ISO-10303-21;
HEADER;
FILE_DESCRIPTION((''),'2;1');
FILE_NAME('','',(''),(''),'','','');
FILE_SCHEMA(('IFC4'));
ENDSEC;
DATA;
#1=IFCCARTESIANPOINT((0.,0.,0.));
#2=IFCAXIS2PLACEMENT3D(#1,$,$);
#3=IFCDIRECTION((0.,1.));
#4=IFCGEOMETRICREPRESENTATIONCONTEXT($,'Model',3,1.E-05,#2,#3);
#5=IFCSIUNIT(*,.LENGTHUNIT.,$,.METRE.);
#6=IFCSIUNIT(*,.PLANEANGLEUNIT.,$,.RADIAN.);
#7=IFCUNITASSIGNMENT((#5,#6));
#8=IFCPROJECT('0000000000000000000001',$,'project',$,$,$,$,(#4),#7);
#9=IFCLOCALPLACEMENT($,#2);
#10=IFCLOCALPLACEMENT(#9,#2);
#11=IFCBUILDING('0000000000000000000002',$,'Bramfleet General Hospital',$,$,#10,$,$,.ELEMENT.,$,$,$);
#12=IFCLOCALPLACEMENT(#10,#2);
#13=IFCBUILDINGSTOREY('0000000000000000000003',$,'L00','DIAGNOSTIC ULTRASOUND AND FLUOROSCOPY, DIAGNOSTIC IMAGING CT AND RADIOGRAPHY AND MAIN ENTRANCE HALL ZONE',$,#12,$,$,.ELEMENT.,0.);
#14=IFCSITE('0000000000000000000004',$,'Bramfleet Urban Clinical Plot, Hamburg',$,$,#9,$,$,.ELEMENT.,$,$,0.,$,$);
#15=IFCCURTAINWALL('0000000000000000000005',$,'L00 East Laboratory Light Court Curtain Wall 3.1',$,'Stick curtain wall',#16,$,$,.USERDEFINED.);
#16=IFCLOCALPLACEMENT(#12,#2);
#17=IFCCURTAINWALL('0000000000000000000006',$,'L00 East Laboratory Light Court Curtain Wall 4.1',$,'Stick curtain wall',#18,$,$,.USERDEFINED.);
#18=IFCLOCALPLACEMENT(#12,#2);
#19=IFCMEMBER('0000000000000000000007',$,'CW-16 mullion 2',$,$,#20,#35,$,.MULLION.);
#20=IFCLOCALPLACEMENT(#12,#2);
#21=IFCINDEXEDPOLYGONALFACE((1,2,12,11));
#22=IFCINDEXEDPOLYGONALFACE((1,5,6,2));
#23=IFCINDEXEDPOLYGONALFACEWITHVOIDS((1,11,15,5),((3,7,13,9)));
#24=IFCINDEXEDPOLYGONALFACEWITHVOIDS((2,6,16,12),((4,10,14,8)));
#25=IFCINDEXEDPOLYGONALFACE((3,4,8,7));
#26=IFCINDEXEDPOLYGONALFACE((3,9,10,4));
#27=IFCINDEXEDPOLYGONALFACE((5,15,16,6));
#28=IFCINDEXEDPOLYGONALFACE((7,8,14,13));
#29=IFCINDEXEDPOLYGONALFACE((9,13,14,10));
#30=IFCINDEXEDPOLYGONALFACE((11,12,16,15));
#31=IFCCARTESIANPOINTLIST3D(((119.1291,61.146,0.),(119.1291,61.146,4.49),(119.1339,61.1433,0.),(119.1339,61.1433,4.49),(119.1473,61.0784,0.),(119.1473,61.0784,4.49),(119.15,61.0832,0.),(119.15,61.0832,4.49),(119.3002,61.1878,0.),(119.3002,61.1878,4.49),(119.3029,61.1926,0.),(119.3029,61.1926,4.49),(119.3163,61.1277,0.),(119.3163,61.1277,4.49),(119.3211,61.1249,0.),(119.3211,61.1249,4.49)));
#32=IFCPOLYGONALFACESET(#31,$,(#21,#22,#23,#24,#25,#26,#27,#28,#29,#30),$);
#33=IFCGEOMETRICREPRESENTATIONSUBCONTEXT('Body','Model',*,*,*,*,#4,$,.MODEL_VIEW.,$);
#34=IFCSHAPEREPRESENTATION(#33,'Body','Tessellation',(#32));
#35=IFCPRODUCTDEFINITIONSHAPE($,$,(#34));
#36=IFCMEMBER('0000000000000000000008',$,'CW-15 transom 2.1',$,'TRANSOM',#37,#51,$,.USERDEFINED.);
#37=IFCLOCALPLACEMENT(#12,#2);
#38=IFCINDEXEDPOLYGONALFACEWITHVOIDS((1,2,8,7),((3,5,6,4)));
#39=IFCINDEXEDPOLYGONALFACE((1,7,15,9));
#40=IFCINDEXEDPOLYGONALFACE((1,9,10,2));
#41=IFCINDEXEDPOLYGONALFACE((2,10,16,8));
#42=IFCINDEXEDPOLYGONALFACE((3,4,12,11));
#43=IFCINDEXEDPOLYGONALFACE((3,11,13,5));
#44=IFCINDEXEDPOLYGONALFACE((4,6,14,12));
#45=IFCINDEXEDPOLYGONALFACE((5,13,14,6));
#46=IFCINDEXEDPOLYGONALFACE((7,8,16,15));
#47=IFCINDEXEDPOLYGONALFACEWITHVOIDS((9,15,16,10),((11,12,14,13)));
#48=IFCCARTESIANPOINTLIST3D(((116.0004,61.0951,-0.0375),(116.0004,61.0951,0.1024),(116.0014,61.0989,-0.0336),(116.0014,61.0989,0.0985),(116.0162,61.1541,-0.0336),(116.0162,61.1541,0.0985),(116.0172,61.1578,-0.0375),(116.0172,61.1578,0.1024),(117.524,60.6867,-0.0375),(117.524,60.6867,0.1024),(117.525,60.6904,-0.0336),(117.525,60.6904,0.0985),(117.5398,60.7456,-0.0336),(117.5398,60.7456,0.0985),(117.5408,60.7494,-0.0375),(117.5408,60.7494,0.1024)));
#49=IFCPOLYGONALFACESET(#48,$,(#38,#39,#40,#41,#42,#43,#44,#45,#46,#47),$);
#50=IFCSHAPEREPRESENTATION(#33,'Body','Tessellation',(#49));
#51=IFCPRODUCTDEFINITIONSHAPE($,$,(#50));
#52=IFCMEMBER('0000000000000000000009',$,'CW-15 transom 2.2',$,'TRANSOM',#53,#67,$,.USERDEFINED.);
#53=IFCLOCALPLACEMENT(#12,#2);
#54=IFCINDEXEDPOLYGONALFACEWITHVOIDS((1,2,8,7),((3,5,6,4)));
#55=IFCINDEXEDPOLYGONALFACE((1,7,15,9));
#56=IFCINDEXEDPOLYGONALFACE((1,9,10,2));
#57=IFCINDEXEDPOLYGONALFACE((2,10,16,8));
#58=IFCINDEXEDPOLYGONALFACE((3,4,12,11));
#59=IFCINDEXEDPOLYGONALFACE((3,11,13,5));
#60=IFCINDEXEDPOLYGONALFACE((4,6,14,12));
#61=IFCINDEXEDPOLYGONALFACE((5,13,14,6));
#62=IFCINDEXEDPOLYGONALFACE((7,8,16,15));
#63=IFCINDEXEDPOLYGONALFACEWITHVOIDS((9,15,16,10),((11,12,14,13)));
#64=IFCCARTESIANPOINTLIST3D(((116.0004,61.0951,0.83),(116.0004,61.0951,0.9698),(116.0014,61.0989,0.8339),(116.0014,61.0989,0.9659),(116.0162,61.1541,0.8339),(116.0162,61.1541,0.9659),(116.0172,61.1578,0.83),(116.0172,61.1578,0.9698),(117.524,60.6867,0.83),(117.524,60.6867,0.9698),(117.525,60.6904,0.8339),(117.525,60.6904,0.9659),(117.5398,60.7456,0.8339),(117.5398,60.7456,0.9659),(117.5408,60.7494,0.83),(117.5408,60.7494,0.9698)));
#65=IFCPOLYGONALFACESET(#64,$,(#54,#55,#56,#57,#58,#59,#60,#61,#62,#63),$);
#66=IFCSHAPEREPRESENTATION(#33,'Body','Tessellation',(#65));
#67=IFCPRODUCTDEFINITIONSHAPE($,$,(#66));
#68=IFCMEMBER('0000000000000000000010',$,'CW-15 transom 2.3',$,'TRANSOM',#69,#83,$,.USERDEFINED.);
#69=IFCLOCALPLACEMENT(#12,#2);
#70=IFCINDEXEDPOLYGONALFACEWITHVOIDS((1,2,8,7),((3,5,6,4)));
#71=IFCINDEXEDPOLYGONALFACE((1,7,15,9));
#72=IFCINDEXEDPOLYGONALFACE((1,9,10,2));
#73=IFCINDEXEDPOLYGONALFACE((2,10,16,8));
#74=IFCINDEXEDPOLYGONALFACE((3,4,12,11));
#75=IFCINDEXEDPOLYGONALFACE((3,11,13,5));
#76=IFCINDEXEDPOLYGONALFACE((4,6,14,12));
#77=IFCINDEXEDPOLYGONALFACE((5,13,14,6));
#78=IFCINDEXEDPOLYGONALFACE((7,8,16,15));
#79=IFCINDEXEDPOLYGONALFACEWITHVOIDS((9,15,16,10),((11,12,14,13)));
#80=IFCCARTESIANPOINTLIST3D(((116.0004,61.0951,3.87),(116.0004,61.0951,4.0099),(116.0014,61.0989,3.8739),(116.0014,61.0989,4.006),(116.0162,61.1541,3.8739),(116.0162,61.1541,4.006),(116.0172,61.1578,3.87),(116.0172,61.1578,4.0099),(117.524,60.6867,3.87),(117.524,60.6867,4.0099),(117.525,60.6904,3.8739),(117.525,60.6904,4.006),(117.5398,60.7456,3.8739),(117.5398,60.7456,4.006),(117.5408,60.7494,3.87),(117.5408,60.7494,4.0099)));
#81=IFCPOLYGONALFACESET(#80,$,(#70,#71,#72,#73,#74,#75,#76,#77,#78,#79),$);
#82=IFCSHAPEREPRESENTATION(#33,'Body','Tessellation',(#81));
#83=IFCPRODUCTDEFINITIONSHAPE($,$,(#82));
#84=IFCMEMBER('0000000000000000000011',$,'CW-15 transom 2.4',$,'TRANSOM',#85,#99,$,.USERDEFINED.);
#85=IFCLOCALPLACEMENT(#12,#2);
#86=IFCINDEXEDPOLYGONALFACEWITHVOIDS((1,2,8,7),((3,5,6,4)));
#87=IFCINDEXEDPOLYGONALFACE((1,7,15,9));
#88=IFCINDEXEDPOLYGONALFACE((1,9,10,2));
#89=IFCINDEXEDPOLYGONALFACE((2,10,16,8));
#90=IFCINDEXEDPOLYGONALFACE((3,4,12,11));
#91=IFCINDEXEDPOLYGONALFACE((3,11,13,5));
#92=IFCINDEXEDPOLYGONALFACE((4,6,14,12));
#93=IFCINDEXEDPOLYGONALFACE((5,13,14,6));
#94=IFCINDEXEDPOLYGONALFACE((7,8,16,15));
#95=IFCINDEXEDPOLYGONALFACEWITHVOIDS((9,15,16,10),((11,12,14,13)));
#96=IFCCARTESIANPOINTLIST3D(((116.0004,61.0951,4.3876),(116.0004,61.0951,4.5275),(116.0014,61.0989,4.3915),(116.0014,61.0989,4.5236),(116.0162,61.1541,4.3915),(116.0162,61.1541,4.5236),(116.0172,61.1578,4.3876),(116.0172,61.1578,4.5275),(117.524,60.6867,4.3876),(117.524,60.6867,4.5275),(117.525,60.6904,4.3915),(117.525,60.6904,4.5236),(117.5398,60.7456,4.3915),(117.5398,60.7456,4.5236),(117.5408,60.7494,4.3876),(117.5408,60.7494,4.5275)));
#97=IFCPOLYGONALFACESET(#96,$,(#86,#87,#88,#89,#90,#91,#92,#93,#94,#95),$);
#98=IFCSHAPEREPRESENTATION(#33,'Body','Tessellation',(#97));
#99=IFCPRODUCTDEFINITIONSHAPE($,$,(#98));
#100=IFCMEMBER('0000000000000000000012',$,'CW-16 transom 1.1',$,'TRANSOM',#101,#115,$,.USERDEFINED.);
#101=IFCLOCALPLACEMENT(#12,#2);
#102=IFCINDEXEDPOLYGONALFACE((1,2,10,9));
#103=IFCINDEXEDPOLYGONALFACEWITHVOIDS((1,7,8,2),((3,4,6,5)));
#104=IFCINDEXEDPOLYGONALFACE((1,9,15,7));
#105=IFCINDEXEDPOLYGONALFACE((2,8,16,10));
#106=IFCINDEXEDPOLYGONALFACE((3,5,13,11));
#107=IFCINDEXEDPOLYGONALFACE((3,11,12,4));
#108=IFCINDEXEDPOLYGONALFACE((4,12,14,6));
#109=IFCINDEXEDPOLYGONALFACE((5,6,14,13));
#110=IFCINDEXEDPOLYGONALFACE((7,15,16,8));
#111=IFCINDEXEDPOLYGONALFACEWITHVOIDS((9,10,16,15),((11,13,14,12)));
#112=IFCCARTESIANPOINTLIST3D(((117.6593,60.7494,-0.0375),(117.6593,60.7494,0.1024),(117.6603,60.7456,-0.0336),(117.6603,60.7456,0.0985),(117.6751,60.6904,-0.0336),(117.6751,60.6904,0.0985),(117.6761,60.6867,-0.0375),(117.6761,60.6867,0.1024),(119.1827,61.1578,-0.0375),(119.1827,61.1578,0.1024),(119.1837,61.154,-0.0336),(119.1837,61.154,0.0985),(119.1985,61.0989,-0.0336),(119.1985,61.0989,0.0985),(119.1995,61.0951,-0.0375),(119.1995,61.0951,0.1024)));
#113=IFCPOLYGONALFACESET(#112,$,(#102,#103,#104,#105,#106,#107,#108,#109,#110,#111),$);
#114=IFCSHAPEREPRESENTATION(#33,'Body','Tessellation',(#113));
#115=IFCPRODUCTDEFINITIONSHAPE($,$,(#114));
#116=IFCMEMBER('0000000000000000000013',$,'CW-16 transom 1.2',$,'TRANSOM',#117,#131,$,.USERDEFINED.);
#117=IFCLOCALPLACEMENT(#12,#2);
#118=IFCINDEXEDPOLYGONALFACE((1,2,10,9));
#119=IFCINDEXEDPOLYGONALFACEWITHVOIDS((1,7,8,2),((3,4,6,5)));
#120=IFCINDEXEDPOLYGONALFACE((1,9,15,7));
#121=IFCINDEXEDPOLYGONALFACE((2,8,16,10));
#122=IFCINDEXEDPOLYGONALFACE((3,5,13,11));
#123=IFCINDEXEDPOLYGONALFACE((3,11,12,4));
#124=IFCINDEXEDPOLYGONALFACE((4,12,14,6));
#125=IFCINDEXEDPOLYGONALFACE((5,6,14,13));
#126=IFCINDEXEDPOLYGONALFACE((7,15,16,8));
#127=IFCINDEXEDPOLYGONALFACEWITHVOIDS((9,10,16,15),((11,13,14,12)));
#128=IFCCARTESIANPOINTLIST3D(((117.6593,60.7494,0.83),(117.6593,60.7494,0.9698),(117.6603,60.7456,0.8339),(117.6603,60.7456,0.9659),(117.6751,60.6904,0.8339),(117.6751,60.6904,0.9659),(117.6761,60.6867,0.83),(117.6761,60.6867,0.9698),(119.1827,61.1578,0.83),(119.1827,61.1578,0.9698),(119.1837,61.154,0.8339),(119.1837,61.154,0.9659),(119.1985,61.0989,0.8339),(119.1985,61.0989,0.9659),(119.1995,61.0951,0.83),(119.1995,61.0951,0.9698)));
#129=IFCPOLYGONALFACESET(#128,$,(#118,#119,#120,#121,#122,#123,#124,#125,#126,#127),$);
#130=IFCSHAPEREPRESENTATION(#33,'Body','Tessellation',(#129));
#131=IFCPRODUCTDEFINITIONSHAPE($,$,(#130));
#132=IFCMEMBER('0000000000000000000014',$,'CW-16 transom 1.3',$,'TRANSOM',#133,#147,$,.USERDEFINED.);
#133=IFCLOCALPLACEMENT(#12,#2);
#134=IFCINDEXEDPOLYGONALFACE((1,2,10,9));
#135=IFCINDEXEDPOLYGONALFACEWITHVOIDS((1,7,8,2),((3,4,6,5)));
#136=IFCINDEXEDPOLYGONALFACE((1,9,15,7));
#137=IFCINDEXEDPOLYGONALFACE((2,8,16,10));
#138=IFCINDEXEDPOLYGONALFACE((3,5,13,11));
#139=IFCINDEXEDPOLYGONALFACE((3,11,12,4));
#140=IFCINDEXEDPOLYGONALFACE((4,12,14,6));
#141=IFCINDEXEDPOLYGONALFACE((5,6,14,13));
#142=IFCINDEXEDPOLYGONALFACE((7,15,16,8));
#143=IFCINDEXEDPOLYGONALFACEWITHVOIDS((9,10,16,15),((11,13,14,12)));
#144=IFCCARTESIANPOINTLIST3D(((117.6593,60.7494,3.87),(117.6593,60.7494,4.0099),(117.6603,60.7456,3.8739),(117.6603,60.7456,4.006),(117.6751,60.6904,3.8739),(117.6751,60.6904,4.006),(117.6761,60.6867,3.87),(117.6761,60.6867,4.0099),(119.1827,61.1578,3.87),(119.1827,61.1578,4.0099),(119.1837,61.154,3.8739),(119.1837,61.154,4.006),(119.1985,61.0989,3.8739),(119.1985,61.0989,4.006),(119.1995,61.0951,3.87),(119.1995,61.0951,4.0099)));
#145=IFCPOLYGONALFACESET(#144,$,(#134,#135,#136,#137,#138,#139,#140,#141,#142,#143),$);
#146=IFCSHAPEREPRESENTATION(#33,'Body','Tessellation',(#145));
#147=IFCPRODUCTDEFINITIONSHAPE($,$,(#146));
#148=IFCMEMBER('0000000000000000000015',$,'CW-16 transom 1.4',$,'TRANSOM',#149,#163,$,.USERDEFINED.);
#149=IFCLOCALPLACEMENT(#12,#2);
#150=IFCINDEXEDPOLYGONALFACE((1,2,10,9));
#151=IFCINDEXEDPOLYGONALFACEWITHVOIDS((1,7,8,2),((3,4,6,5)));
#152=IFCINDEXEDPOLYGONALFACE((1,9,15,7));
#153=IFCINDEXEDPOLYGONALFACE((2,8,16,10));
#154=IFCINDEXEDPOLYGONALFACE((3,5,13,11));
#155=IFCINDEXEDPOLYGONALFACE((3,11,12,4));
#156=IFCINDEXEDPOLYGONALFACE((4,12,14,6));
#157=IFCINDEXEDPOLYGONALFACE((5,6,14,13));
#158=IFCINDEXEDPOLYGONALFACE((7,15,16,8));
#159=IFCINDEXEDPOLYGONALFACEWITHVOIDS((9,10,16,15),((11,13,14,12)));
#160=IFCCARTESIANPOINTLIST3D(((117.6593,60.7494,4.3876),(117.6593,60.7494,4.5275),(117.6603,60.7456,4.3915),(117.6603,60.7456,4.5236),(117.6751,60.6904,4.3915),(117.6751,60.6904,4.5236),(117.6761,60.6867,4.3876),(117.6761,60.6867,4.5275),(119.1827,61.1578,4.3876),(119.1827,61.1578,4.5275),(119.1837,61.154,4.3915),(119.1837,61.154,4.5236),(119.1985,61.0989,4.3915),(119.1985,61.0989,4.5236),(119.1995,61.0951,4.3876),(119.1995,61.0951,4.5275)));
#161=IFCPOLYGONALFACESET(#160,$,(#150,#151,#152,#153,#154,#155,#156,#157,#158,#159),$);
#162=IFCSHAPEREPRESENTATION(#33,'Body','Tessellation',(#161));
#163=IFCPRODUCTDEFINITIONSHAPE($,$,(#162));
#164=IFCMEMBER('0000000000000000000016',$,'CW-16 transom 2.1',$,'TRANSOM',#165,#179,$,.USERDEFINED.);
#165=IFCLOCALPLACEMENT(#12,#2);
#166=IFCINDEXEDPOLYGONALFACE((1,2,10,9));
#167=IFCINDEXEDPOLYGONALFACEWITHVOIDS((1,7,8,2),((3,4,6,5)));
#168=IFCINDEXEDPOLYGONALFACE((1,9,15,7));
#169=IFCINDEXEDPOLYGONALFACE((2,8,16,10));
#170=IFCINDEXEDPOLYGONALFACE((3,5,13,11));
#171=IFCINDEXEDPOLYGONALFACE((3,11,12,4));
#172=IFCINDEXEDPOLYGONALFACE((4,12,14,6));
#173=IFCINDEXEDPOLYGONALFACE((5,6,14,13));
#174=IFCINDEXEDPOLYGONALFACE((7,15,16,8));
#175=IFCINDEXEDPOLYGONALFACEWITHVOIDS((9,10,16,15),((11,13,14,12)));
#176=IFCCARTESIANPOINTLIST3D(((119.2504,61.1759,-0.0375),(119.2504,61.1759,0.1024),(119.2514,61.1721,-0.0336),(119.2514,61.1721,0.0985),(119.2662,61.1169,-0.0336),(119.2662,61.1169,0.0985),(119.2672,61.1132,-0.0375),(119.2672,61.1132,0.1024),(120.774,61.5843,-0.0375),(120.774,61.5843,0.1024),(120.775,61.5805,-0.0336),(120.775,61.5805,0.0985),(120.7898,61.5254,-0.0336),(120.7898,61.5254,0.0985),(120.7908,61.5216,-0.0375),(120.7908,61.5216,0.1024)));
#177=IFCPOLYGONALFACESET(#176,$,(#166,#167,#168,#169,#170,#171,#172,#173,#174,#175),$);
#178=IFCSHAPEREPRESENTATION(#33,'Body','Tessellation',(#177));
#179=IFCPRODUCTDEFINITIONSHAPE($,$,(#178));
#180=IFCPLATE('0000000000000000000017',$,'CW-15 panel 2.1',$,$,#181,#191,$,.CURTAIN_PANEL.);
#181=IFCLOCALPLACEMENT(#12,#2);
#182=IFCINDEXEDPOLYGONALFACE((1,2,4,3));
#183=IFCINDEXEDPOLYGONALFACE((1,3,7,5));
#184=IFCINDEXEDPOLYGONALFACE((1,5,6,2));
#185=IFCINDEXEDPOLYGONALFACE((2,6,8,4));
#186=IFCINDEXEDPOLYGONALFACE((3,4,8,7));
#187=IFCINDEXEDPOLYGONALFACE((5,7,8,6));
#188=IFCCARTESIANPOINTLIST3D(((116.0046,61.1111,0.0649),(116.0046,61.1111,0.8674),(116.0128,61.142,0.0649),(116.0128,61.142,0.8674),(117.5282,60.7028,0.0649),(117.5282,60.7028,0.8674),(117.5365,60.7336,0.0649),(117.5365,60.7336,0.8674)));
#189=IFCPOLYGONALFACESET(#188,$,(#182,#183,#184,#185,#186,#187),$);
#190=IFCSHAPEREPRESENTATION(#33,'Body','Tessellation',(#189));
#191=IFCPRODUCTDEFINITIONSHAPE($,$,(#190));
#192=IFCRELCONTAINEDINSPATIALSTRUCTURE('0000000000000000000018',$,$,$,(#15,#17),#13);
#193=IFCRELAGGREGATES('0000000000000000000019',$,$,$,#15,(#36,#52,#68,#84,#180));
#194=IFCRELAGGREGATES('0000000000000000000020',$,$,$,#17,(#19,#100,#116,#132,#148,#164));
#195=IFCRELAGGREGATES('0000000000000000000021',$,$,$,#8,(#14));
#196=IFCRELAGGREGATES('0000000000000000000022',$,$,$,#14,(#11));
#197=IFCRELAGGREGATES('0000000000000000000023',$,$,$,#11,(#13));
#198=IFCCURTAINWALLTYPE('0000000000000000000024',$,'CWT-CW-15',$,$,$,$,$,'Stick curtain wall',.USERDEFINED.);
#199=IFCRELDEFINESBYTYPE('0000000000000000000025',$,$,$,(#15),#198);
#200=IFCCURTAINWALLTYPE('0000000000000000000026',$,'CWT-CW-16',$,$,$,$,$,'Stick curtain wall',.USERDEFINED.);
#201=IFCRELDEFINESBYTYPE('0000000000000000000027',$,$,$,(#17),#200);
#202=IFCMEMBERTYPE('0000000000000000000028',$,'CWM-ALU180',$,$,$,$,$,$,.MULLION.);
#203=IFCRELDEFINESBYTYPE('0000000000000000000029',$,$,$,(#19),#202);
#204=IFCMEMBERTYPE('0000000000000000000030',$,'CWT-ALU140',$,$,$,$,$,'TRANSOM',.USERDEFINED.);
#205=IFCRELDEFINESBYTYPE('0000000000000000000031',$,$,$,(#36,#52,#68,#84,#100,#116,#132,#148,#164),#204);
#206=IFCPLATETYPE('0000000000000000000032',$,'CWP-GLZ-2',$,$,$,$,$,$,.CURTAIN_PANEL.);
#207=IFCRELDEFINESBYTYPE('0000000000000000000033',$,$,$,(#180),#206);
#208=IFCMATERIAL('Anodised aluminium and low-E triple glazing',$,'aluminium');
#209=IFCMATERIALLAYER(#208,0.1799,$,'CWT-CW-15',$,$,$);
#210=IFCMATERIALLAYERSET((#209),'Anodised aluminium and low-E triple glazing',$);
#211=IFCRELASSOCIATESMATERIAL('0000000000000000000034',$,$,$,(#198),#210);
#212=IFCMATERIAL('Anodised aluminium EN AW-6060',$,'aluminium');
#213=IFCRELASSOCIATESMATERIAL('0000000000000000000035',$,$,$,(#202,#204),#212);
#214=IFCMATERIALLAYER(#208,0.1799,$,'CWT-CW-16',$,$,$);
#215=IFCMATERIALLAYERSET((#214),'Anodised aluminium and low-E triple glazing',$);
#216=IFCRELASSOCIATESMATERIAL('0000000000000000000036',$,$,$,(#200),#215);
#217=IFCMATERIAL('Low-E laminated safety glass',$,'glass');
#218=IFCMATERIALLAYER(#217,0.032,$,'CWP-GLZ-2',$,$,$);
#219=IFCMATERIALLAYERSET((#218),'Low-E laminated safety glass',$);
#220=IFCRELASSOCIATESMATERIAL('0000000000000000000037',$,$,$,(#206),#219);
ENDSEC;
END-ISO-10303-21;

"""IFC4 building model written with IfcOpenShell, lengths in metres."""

from ifc_helpers import new_model, si_unit, direction, frame, origin, origin_2d, place, context, subcontext, project, spatial, rectangle, hollow_rectangle, extrude, material, layer, layer_set, material_profile, profile_set, type_object, element, aggregate, save


model = new_model("IFC4")

# Units and contexts
model_context = context("Model", 3, precision=1e-05, world=origin(), true_north=direction((0.0, 1.0)))
body_context = subcontext(model_context, "Body", "Model", "MODEL_VIEW")
ifc_project = project(units=[si_unit("LENGTHUNIT", "METRE"), si_unit("PLANEANGLEUNIT", "RADIAN")], contexts=[model_context])

# Site, building, storey
site_placement = place(None, origin())
site = spatial("IfcSite", under=ifc_project, at=site_placement, Name="Bramfleet Urban Clinical Plot, Hamburg", CompositionType="ELEMENT", RefElevation=0.0)
building_placement = place(site_placement, origin())
building = spatial("IfcBuilding", under=site, at=building_placement, Name="Bramfleet General Hospital", CompositionType="ELEMENT")
storey_placement = place(building_placement, origin())
storey = spatial("IfcBuildingStorey", under=building, at=storey_placement, Name="L00", Description="DIAGNOSTIC ULTRASOUND AND FLUOROSCOPY, DIAGNOSTIC IMAGING CT AND RADIOGRAPHY AND MAIN ENTRANCE HALL ZONE", CompositionType="ELEMENT", Elevation=0.0)

# Curtain walls, member
ifc_material_1 = material(Name="Anodised aluminium and low-E triple glazing", Category="aluminium")
ifc_layer_1 = layer(ifc_material_1, 0.1799, Name="CWT-CW-15")
ifc_layer_set_1 = layer_set([ifc_layer_1], Name="Anodised aluminium and low-E triple glazing")
curtain_wall_type_1 = type_object("IfcCurtainWallType", Name="CWT-CW-15", ElementType="Stick curtain wall", PredefinedType="USERDEFINED", material=ifc_layer_set_1)
curtain_wall_1_placement = place(storey_placement, origin())
curtain_wall_1 = element("IfcCurtainWall", 1, at=curtain_wall_1_placement, inside=storey, type_object=curtain_wall_type_1, Name="L00 East Laboratory Light Court Curtain Wall 3.1", ObjectType="Stick curtain wall", PredefinedType="USERDEFINED")
ifc_material_2 = material(Name="Anodised aluminium EN AW-6060", Category="aluminium")
ifc_material_profile_1 = material_profile(ifc_material_2, hollow_rectangle(XDim=0.0701, YDim=0.1799, WallThickness=0.0039, at=origin_2d()), Name="ALU 180x70x4.0")
ifc_profile_set_1 = profile_set([ifc_material_profile_1], Name="Anodised aluminium EN AW-6060")
member_type_1 = type_object("IfcMemberType", Name="CWM-ALU180", PredefinedType="MULLION", material=ifc_profile_set_1)
ifc_layer_2 = layer(ifc_material_1, 0.1799, Name="CWT-CW-16")
ifc_layer_set_2 = layer_set([ifc_layer_2], Name="Anodised aluminium and low-E triple glazing")
curtain_wall_type_2 = type_object("IfcCurtainWallType", Name="CWT-CW-16", ElementType="Stick curtain wall", PredefinedType="USERDEFINED", material=ifc_layer_set_2)
curtain_wall_2_placement = place(storey_placement, origin())
curtain_wall_2 = element("IfcCurtainWall", 2, at=curtain_wall_2_placement, inside=storey, type_object=curtain_wall_type_2, Name="L00 East Laboratory Light Court Curtain Wall 4.1", ObjectType="Stick curtain wall", PredefinedType="USERDEFINED")
member_1_placement = place(storey_placement, frame((119.2251, 61.1355, 0.0), z_axis=(0.0, 0.0, 1.0), x_axis=(-0.258865, 0.965914, 0.0)))
member_1 = element("IfcMember", 3, at=member_1_placement, type_object=member_type_1, Name="CW-16 mullion 2", PredefinedType="MULLION", context=body_context, shape_type="SweptSolid", body=[
    extrude(hollow_rectangle(XDim=0.0701, YDim=0.1799, WallThickness=0.0039, at=origin_2d()), origin(), (0.0, 0.0, 1.0), 4.49),
])

# Members
ifc_material_profile_2 = material_profile(ifc_material_2, hollow_rectangle(XDim=0.0649, YDim=0.1399, WallThickness=0.0039, at=origin_2d()), Name="ALU 140x65x4.0")
ifc_profile_set_2 = profile_set([ifc_material_profile_2], Name="Anodised aluminium EN AW-6060")
member_type_2 = type_object("IfcMemberType", Name="CWT-ALU140", ElementType="TRANSOM", PredefinedType="USERDEFINED", material=ifc_profile_set_2)
member_2_placement = place(storey_placement, frame((116.0088, 61.1265, 0.0325), z_axis=(0.965898, -0.258924, 0.0), x_axis=(0.258924, 0.965898, 0.0)))
member_2 = element("IfcMember", 4, at=member_2_placement, type_object=member_type_2, Name="CW-15 transom 2.1", ObjectType="TRANSOM", PredefinedType="USERDEFINED", context=body_context, shape_type="SweptSolid", body=[
    extrude(hollow_rectangle(XDim=0.0649, YDim=0.1399, WallThickness=0.0039, at=origin_2d()), origin(), (0.0, 0.0, 1.0), 1.5774),
])
member_3_placement = place(storey_placement, frame((116.0088, 61.1265, 0.8999), z_axis=(0.965898, -0.258924, 0.0), x_axis=(0.258924, 0.965898, 0.0)))
member_3 = element("IfcMember", 5, at=member_3_placement, type_object=member_type_2, Name="CW-15 transom 2.2", ObjectType="TRANSOM", PredefinedType="USERDEFINED", context=body_context, shape_type="SweptSolid", body=[
    extrude(hollow_rectangle(XDim=0.0649, YDim=0.1399, WallThickness=0.0039, at=origin_2d()), origin(), (0.0, 0.0, 1.0), 1.5774),
])
member_4_placement = place(storey_placement, frame((116.0088, 61.1265, 3.9399), z_axis=(0.965898, -0.258924, 0.0), x_axis=(0.258924, 0.965898, 0.0)))
member_4 = element("IfcMember", 6, at=member_4_placement, type_object=member_type_2, Name="CW-15 transom 2.3", ObjectType="TRANSOM", PredefinedType="USERDEFINED", context=body_context, shape_type="SweptSolid", body=[
    extrude(hollow_rectangle(XDim=0.0649, YDim=0.1399, WallThickness=0.0039, at=origin_2d()), origin(), (0.0, 0.0, 1.0), 1.5774),
])
member_5_placement = place(storey_placement, frame((116.0088, 61.1265, 4.4575), z_axis=(0.965898, -0.258924, 0.0), x_axis=(0.258924, 0.965898, 0.0)))
member_5 = element("IfcMember", 7, at=member_5_placement, type_object=member_type_2, Name="CW-15 transom 2.4", ObjectType="TRANSOM", PredefinedType="USERDEFINED", context=body_context, shape_type="SweptSolid", body=[
    extrude(hollow_rectangle(XDim=0.0649, YDim=0.1399, WallThickness=0.0039, at=origin_2d()), origin(), (0.0, 0.0, 1.0), 1.5774),
])
member_6_placement = place(storey_placement, frame((117.6677, 60.718, 0.0325), z_axis=(0.965887, 0.258963, 0.0), x_axis=(-0.258963, 0.965887, 0.0)))
member_6 = element("IfcMember", 8, at=member_6_placement, type_object=member_type_2, Name="CW-16 transom 1.1", ObjectType="TRANSOM", PredefinedType="USERDEFINED", context=body_context, shape_type="SweptSolid", body=[
    extrude(hollow_rectangle(XDim=0.0649, YDim=0.1399, WallThickness=0.0039, at=origin_2d()), origin(), (0.0, 0.0, 1.0), 1.5771),
])
member_7_placement = place(storey_placement, frame((117.6677, 60.718, 0.8999), z_axis=(0.965887, 0.258963, 0.0), x_axis=(-0.258963, 0.965887, 0.0)))
member_7 = element("IfcMember", 9, at=member_7_placement, type_object=member_type_2, Name="CW-16 transom 1.2", ObjectType="TRANSOM", PredefinedType="USERDEFINED", context=body_context, shape_type="SweptSolid", body=[
    extrude(hollow_rectangle(XDim=0.0649, YDim=0.1399, WallThickness=0.0039, at=origin_2d()), origin(), (0.0, 0.0, 1.0), 1.5771),
])
member_8_placement = place(storey_placement, frame((117.6677, 60.718, 3.9399), z_axis=(0.965887, 0.258963, 0.0), x_axis=(-0.258963, 0.965887, 0.0)))
member_8 = element("IfcMember", 10, at=member_8_placement, type_object=member_type_2, Name="CW-16 transom 1.3", ObjectType="TRANSOM", PredefinedType="USERDEFINED", context=body_context, shape_type="SweptSolid", body=[
    extrude(hollow_rectangle(XDim=0.0649, YDim=0.1399, WallThickness=0.0039, at=origin_2d()), origin(), (0.0, 0.0, 1.0), 1.5771),
])
member_9_placement = place(storey_placement, frame((117.6677, 60.718, 4.4575), z_axis=(0.965887, 0.258963, 0.0), x_axis=(-0.258963, 0.965887, 0.0)))
member_9 = element("IfcMember", 11, at=member_9_placement, type_object=member_type_2, Name="CW-16 transom 1.4", ObjectType="TRANSOM", PredefinedType="USERDEFINED", context=body_context, shape_type="SweptSolid", body=[
    extrude(hollow_rectangle(XDim=0.0649, YDim=0.1399, WallThickness=0.0039, at=origin_2d()), origin(), (0.0, 0.0, 1.0), 1.5771),
])
member_10_placement = place(storey_placement, frame((119.2588, 61.1445, 0.0325), z_axis=(0.965898, 0.258924, 0.0), x_axis=(-0.258924, 0.965898, 0.0)))
member_10 = element("IfcMember", 12, at=member_10_placement, type_object=member_type_2, Name="CW-16 transom 2.1", ObjectType="TRANSOM", PredefinedType="USERDEFINED", context=body_context, shape_type="SweptSolid", body=[
    extrude(hollow_rectangle(XDim=0.0649, YDim=0.1399, WallThickness=0.0039, at=origin_2d()), origin(), (0.0, 0.0, 1.0), 1.5774),
])

# Plate
ifc_material_3 = material(Name="Low-E laminated safety glass", Category="glass")
ifc_layer_3 = layer(ifc_material_3, 0.032, Name="CWP-GLZ-2")
ifc_layer_set_3 = layer_set([ifc_layer_3], Name="Low-E laminated safety glass")
plate_type = type_object("IfcPlateType", Name="CWP-GLZ-2", PredefinedType="CURTAIN_PANEL", material=ifc_layer_set_3)
plate_1_placement = place(storey_placement, frame((116.7705, 60.9224, 0.0649), z_axis=(0.0, 0.0, 1.0), x_axis=(0.965914, -0.258865, 0.0)))
plate_1 = element("IfcPlate", 13, at=plate_1_placement, type_object=plate_type, Name="CW-15 panel 2.1", PredefinedType="CURTAIN_PANEL", context=body_context, shape_type="SweptSolid", body=[
    extrude(rectangle(XDim=1.5774, YDim=0.032, at=origin_2d()), origin(), (0.0, 0.0, 1.0), 0.8025),
])
aggregate(curtain_wall_1, [member_2, member_3, member_4, member_5, plate_1])
aggregate(curtain_wall_2, [member_1, member_6, member_7, member_8, member_9, member_10])

save(model, "model.ifc")
